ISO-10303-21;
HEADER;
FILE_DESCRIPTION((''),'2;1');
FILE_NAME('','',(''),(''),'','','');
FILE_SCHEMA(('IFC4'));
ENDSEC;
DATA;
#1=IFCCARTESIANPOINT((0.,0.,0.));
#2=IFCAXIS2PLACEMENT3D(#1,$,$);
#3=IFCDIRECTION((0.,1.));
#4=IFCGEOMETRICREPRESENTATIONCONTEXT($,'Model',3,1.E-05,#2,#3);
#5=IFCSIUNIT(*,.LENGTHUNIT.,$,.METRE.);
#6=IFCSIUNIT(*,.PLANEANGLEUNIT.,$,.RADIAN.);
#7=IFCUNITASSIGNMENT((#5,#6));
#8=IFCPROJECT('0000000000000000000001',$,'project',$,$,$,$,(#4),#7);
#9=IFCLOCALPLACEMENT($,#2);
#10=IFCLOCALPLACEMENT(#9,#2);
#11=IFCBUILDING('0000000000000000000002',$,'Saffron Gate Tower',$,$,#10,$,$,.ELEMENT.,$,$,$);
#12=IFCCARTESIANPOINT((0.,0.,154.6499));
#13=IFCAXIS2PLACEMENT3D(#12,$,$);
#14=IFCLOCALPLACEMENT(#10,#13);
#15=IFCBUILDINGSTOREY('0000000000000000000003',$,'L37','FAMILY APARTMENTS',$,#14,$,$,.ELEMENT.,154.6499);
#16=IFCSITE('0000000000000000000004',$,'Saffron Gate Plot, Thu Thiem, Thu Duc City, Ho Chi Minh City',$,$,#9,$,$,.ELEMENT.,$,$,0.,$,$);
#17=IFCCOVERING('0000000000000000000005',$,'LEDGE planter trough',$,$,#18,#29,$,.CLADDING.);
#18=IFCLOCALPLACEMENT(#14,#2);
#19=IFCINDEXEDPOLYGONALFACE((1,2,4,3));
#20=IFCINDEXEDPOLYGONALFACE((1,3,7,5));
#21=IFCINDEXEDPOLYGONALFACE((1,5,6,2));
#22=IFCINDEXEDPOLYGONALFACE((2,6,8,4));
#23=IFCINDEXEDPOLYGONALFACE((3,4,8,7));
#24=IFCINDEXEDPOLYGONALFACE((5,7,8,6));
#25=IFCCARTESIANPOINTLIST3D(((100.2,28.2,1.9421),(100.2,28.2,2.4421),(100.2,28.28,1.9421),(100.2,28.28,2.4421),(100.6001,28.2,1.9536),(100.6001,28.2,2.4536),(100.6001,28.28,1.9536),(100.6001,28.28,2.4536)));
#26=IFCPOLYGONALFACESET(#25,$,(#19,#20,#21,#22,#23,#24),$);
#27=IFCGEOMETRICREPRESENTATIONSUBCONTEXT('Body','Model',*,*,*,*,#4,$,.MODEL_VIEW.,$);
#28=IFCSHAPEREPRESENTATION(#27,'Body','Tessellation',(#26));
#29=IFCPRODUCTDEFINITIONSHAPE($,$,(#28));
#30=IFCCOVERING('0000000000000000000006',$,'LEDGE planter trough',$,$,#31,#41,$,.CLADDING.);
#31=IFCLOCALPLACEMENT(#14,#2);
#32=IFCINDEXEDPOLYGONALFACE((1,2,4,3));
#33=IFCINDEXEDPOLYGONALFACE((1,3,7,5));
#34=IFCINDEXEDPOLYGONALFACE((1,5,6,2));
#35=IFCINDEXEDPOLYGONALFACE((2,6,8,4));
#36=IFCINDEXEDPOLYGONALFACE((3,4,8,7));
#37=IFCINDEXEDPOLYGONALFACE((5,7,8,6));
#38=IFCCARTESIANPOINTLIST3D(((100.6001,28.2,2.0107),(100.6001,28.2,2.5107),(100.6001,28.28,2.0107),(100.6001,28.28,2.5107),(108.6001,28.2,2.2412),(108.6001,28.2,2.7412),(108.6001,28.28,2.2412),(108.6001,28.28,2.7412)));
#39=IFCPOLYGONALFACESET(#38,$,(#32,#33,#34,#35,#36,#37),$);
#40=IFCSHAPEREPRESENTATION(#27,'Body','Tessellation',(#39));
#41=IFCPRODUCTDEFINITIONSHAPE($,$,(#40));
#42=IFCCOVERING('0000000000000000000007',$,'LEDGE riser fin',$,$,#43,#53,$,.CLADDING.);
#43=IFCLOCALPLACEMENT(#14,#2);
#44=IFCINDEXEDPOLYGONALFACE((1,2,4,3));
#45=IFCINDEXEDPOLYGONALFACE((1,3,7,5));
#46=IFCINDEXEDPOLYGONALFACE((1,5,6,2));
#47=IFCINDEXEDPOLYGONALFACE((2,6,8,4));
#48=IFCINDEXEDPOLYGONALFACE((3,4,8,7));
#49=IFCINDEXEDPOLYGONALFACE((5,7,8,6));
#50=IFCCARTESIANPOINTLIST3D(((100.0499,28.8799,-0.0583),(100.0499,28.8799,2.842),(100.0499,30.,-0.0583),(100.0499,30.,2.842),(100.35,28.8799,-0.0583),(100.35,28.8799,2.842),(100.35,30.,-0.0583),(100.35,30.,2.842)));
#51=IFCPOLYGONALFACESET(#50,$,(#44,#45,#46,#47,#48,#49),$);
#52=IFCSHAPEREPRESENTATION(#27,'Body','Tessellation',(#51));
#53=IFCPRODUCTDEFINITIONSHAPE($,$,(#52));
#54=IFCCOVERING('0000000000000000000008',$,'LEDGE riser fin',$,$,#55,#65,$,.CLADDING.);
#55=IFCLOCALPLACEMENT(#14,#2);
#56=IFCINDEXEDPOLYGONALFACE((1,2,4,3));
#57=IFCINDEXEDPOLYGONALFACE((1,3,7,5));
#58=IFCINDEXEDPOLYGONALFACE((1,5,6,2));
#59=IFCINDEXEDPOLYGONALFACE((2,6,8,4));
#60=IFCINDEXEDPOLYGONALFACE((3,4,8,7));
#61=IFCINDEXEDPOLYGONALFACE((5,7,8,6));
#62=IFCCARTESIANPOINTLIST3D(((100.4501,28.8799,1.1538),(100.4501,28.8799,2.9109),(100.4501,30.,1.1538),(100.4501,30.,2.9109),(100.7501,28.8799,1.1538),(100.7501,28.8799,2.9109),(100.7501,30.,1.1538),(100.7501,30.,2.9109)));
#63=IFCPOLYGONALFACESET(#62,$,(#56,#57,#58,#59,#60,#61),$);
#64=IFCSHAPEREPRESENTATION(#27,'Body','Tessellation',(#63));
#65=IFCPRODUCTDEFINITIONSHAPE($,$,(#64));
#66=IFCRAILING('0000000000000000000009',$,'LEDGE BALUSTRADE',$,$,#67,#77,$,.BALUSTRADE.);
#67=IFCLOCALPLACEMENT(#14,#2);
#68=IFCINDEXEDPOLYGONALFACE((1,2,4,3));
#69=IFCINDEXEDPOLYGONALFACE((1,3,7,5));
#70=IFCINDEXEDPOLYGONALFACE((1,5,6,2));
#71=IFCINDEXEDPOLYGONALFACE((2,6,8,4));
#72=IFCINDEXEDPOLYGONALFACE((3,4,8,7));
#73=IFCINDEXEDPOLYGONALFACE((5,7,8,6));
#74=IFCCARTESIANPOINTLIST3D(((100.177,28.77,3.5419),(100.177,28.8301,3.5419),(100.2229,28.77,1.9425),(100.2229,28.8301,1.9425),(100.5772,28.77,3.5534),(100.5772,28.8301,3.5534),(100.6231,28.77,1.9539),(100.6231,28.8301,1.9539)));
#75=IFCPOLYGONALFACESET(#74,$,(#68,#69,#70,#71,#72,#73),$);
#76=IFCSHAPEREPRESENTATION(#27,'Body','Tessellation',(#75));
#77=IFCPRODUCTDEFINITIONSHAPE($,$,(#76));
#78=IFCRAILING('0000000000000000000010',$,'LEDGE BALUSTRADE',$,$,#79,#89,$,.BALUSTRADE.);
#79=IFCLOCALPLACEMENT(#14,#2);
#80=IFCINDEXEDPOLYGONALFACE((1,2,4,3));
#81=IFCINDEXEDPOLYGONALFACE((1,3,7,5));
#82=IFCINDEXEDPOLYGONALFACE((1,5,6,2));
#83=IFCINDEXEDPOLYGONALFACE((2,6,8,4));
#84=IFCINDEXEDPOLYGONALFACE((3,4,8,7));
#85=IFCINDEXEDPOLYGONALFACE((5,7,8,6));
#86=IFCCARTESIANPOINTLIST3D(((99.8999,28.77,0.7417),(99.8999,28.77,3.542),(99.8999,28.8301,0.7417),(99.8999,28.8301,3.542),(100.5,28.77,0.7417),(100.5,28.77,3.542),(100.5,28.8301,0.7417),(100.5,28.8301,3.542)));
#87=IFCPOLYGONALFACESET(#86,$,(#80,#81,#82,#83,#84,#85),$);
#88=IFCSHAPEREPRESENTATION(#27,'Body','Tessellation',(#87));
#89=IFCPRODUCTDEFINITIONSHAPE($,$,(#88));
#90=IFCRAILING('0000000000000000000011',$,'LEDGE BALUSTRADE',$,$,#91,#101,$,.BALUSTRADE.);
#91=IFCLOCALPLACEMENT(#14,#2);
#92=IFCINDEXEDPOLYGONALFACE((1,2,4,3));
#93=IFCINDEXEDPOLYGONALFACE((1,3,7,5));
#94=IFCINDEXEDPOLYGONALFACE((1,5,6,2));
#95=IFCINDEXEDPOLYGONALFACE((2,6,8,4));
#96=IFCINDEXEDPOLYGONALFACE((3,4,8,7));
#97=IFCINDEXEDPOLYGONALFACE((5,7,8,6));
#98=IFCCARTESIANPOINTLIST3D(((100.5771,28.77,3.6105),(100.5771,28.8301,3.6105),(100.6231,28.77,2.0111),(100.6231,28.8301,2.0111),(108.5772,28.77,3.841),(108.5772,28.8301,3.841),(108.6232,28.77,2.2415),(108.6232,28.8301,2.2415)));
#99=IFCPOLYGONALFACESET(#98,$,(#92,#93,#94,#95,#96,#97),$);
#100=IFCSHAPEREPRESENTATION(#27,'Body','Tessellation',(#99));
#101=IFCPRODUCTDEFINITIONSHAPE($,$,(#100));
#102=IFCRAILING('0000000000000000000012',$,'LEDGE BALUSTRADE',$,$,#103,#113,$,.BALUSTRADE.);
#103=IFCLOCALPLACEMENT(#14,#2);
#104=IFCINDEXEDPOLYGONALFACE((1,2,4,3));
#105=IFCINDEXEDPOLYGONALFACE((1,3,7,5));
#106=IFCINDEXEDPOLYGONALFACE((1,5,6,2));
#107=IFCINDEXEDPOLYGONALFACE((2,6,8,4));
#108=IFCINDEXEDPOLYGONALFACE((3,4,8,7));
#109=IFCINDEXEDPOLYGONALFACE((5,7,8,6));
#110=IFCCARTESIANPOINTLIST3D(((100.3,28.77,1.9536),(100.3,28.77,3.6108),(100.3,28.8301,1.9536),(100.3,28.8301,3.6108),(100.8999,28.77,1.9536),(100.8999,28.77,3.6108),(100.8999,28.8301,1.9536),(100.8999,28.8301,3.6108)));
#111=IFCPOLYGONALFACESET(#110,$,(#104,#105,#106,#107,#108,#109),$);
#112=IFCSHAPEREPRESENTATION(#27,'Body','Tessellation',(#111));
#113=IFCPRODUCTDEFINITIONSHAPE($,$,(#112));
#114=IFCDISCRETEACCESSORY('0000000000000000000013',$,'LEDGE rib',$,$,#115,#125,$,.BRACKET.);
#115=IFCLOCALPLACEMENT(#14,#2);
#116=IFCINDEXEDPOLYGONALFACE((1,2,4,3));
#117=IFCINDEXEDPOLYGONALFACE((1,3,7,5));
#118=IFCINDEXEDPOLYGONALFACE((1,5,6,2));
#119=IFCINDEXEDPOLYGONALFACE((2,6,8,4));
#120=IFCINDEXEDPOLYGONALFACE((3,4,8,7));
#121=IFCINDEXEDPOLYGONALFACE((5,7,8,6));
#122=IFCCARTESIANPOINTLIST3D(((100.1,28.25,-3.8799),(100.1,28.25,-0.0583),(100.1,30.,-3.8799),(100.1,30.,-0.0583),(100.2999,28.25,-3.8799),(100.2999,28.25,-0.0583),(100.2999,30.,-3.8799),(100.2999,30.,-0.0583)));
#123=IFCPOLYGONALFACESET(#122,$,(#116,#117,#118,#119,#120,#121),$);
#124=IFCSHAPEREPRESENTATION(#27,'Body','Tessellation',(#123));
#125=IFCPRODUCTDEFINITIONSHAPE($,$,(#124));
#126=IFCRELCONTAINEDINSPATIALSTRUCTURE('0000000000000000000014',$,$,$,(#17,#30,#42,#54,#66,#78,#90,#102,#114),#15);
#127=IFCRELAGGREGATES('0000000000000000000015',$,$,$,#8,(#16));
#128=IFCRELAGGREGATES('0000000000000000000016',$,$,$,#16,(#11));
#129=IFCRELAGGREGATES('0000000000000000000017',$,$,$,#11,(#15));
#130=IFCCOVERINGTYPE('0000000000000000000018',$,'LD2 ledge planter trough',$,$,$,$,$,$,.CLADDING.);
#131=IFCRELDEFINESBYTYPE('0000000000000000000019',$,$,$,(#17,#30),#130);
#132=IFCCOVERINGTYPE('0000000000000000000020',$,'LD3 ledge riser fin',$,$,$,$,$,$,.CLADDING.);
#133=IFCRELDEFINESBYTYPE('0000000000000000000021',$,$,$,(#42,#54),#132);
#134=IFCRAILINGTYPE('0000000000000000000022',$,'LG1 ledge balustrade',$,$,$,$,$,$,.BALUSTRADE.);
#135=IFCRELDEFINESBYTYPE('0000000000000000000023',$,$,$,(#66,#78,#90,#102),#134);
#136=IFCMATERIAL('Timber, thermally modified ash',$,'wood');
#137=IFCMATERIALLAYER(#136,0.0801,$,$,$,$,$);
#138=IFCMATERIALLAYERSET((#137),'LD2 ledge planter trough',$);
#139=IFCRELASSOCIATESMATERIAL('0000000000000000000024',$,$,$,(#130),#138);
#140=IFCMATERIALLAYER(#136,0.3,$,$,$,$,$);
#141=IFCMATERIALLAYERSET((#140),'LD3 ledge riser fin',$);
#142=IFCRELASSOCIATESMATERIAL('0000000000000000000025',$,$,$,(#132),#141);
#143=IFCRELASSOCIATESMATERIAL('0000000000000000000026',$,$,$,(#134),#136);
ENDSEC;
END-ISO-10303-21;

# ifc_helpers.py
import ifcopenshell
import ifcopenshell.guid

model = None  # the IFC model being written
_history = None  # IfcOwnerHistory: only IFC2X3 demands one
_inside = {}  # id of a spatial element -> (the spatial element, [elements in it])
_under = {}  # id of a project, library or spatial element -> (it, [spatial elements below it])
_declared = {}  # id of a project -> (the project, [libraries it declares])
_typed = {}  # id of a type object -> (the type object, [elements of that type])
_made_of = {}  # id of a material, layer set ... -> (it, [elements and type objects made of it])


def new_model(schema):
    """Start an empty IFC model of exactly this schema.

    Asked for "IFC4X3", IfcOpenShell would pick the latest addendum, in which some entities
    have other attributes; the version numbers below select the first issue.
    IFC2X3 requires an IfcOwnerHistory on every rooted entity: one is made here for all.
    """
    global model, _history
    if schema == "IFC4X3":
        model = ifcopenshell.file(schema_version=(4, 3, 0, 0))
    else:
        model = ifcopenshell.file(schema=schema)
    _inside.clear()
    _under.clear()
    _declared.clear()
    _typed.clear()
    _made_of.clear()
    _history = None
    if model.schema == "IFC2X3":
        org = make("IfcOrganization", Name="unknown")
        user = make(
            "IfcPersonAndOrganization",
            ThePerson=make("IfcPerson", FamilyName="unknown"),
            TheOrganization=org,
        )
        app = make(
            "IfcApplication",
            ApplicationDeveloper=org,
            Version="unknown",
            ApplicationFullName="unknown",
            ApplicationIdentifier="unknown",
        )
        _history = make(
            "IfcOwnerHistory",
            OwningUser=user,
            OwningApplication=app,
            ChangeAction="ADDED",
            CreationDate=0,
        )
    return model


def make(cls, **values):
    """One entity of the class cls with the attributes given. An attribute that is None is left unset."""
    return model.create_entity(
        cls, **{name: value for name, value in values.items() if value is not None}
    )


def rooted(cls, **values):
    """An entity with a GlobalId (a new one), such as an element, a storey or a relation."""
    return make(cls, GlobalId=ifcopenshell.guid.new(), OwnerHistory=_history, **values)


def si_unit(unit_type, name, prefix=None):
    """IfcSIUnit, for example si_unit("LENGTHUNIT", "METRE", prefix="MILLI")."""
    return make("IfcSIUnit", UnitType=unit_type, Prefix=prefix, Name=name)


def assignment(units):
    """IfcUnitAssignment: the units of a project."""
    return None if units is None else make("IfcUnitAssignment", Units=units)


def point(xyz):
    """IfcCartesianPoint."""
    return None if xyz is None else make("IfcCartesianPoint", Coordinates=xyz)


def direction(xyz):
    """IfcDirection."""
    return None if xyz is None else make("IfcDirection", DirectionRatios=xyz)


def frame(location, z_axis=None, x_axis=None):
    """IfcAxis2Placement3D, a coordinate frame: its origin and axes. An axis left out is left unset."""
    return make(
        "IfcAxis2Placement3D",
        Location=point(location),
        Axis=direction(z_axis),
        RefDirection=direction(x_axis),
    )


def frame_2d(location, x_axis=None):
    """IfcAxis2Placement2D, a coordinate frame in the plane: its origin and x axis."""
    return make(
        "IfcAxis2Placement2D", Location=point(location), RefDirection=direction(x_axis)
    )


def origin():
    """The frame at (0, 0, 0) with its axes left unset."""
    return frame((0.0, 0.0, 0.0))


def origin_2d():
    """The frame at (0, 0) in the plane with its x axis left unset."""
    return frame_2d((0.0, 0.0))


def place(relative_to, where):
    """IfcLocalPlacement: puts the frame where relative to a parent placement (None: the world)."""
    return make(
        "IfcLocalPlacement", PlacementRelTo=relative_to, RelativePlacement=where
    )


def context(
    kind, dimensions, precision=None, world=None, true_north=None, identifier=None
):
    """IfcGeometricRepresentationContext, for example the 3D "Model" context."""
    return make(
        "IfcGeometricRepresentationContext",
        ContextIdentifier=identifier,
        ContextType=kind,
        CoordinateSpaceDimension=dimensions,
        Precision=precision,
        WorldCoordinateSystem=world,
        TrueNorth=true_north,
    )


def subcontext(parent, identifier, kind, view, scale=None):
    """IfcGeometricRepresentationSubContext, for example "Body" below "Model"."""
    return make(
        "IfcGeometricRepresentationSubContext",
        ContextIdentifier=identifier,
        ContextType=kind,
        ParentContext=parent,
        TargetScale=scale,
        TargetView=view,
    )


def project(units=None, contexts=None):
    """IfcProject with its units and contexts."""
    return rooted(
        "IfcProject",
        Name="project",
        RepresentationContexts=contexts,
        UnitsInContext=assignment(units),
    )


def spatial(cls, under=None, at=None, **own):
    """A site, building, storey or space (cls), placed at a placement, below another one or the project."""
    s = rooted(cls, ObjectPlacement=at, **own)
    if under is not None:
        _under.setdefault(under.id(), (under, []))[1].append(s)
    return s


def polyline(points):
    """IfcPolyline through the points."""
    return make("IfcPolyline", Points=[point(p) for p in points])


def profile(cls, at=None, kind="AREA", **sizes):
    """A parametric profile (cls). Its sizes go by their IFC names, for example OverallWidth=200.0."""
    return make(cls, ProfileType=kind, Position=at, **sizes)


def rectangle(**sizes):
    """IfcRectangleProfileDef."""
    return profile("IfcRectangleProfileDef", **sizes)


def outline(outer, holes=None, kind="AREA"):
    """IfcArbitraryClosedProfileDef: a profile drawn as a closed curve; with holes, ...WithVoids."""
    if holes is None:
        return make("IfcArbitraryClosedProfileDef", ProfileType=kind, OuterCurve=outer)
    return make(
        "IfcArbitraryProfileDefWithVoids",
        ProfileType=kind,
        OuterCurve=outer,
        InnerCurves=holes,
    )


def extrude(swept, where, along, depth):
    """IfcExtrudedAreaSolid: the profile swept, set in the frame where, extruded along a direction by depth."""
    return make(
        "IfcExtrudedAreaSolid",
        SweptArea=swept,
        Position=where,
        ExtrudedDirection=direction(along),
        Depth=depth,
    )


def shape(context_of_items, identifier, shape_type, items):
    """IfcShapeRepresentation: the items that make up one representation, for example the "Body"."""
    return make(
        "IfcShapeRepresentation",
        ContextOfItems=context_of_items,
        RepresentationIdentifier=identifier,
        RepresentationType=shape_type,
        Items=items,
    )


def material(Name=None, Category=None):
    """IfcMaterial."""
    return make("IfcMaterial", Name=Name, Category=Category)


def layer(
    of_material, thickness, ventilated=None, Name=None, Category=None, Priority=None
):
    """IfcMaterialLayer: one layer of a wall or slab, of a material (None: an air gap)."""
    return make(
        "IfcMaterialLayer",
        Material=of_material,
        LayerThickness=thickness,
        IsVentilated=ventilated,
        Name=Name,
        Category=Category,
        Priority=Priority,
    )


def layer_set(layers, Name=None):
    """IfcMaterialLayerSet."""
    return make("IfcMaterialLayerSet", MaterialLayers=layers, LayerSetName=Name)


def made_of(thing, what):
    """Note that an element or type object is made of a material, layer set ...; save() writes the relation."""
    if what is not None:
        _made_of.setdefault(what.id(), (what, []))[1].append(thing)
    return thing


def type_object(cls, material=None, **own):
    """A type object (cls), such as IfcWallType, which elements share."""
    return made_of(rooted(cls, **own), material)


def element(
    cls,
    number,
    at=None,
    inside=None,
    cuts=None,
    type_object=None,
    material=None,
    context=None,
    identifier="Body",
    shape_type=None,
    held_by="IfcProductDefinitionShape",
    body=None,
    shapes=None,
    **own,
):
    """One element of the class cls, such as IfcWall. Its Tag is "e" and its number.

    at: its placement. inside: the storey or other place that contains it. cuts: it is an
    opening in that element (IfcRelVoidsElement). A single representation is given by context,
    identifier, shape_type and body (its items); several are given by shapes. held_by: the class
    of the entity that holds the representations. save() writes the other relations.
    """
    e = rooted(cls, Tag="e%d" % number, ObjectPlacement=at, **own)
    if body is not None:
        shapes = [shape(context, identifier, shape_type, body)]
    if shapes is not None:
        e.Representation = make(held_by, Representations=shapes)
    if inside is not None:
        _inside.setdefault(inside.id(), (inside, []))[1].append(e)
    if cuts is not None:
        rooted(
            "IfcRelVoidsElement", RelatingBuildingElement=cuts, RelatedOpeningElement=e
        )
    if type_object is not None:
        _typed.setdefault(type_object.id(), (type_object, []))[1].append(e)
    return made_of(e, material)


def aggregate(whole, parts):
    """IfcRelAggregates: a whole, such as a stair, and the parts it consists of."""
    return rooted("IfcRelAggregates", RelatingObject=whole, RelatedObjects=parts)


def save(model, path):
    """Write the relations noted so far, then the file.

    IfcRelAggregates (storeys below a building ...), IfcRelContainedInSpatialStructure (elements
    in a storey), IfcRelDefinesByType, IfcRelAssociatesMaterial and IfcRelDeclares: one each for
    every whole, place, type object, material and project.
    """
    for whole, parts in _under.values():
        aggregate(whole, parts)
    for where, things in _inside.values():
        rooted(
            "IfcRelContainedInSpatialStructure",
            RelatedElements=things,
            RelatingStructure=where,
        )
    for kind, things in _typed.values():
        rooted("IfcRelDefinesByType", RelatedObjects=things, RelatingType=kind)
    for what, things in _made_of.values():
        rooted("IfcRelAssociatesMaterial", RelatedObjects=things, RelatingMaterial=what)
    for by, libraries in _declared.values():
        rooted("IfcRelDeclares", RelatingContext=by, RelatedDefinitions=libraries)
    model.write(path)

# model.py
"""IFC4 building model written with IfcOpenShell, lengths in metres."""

from ifc_helpers import new_model, si_unit, direction, frame, origin, origin_2d, place, context, subcontext, project, spatial, polyline, rectangle, outline, extrude, material, layer, layer_set, type_object, element, save


model = new_model("IFC4")

# Units and contexts
model_context = context("Model", 3, precision=1e-05, world=origin(), true_north=direction((0.0, 1.0)))
body_context = subcontext(model_context, "Body", "Model", "MODEL_VIEW")
ifc_project = project(units=[si_unit("LENGTHUNIT", "METRE"), si_unit("PLANEANGLEUNIT", "RADIAN")], contexts=[model_context])

# Site, building, storey
site_placement = place(None, origin())
site = spatial("IfcSite", under=ifc_project, at=site_placement, Name="Saffron Gate Plot, Thu Thiem, Thu Duc City, Ho Chi Minh City", CompositionType="ELEMENT", RefElevation=0.0)
building_placement = place(site_placement, origin())
building = spatial("IfcBuilding", under=site, at=building_placement, Name="Saffron Gate Tower", CompositionType="ELEMENT")
storey_placement = place(building_placement, frame((0.0, 0.0, 154.6499)))
storey = spatial("IfcBuildingStorey", under=building, at=storey_placement, Name="L37", Description="FAMILY APARTMENTS", CompositionType="ELEMENT", Elevation=154.6499)

# Coverings
ifc_material_1 = material(Name="Timber, thermally modified ash", Category="wood")
ifc_layer_1 = layer(ifc_material_1, 0.0801)
ifc_layer_set_1 = layer_set([ifc_layer_1], Name="LD2 ledge planter trough")
covering_type_1 = type_object("IfcCoveringType", Name="LD2 ledge planter trough", PredefinedType="CLADDING", material=ifc_layer_set_1)
covering_1_placement = place(storey_placement, frame((100.2, 28.2, 1.9421), z_axis=(0.0, -1.0, 0.0), x_axis=(0.999589, 0.0, 0.028664)))
element("IfcCovering", 1, at=covering_1_placement, inside=storey, type_object=covering_type_1, Name="LEDGE planter trough", PredefinedType="CLADDING", context=body_context, shape_type="SweptSolid", body=[
    extrude(outline(polyline([(0.0, 0.0), (0.4003, 0.0), (0.4146, 0.4998), (0.0143, 0.4998), (0.0, 0.0)])), origin(), (0.0, 0.0, -1.0), 0.0801),
])
covering_2_placement = place(storey_placement, frame((100.6001, 28.2, 2.0107), z_axis=(0.0, -1.0, 0.0), x_axis=(0.999585, 0.0, 0.028797)))
element("IfcCovering", 2, at=covering_2_placement, inside=storey, type_object=covering_type_1, Name="LEDGE planter trough", PredefinedType="CLADDING", context=body_context, shape_type="SweptSolid", body=[
    extrude(outline(polyline([(0.0, 0.0), (8.0033, 0.0), (8.0177, 0.4998), (0.0144, 0.4998), (0.0, 0.0)])), origin(), (0.0, 0.0, -1.0), 0.0801),
])
ifc_layer_2 = layer(ifc_material_1, 0.3)
ifc_layer_set_2 = layer_set([ifc_layer_2], Name="LD3 ledge riser fin")
covering_type_2 = type_object("IfcCoveringType", Name="LD3 ledge riser fin", PredefinedType="CLADDING", material=ifc_layer_set_2)
covering_3_placement = place(storey_placement, frame((100.2, 29.4399, -0.0583), z_axis=(0.0, 0.0, 1.0), x_axis=(1.0, 0.0, 0.0)))
element("IfcCovering", 3, at=covering_3_placement, inside=storey, type_object=covering_type_2, Name="LEDGE riser fin", PredefinedType="CLADDING", context=body_context, shape_type="SweptSolid", body=[
    extrude(rectangle(XDim=0.3, YDim=1.1201, at=origin_2d()), origin(), (0.0, 0.0, 1.0), 2.9004),
])
covering_4_placement = place(storey_placement, frame((100.6001, 29.4399, 1.1538), z_axis=(0.0, 0.0, 1.0), x_axis=(1.0, 0.0, 0.0)))
element("IfcCovering", 4, at=covering_4_placement, inside=storey, type_object=covering_type_2, Name="LEDGE riser fin", PredefinedType="CLADDING", context=body_context, shape_type="SweptSolid", body=[
    extrude(rectangle(XDim=0.3, YDim=1.1201, at=origin_2d()), origin(), (0.0, 0.0, 1.0), 1.7571),
])

# Railings
railing_type = type_object("IfcRailingType", Name="LG1 ledge balustrade", PredefinedType="BALUSTRADE", material=ifc_material_1)
railing_1_placement = place(storey_placement, frame((100.2, 28.8, 1.9421)))
element("IfcRailing", 5, at=railing_1_placement, inside=storey, type_object=railing_type, Name="LEDGE BALUSTRADE", PredefinedType="BALUSTRADE", context=body_context, shape_type="SweptSolid", body=[
    extrude(rectangle(XDim=0.0601, YDim=1.6001, at=origin_2d()), frame((0.0, 0.0, 0.8), z_axis=(0.999589, 0.0, 0.028664), x_axis=(0.0, 1.0, 0.0)), (0.0, 0.0, 1.0), 0.4004),
])
railing_2_placement = place(storey_placement, frame((99.8999, 28.8, 0.7417)))
element("IfcRailing", 6, at=railing_2_placement, inside=storey, type_object=railing_type, Name="LEDGE BALUSTRADE", PredefinedType="BALUSTRADE", context=body_context, shape_type="SweptSolid", body=[
    extrude(rectangle(XDim=0.0601, YDim=2.8003, at=origin_2d()), frame((0.0, 0.0, 1.4001), z_axis=(1.0, 0.0, 0.0), x_axis=(0.0, 1.0, 0.0)), (0.0, 0.0, 1.0), 0.6001),
])
railing_3_placement = place(storey_placement, frame((100.6001, 28.8, 2.0107)))
element("IfcRailing", 7, at=railing_3_placement, inside=storey, type_object=railing_type, Name="LEDGE BALUSTRADE", PredefinedType="BALUSTRADE", context=body_context, shape_type="SweptSolid", body=[
    extrude(rectangle(XDim=0.0601, YDim=1.6001, at=origin_2d()), frame((0.0, 0.0, 0.8), z_axis=(0.999585, 0.0, 0.028797), x_axis=(0.0, 1.0, 0.0)), (0.0, 0.0, 1.0), 8.0034),
])
railing_4_placement = place(storey_placement, frame((100.3, 28.8, 1.9536)))
element("IfcRailing", 8, at=railing_4_placement, inside=storey, type_object=railing_type, Name="LEDGE BALUSTRADE", PredefinedType="BALUSTRADE", context=body_context, shape_type="SweptSolid", body=[
    extrude(rectangle(XDim=0.0601, YDim=1.6572, at=origin_2d()), frame((0.0, 0.0, 0.8286), z_axis=(1.0, 0.0, 0.0), x_axis=(0.0, 1.0, 0.0)), (0.0, 0.0, 1.0), 0.5999),
])

# Discrete accessory
discrete_accessory_placement = place(storey_placement, frame((100.2, 29.125, -3.8799), z_axis=(0.0, 0.0, 1.0), x_axis=(1.0, 0.0, 0.0)))
element("IfcDiscreteAccessory", 9, at=discrete_accessory_placement, inside=storey, Name="LEDGE rib", PredefinedType="BRACKET", context=body_context, shape_type="SweptSolid", body=[
    extrude(rectangle(XDim=0.2, YDim=1.75, at=origin_2d()), origin(), (0.0, 0.0, 1.0), 3.8215),
])

save(model, "model.ifc")
